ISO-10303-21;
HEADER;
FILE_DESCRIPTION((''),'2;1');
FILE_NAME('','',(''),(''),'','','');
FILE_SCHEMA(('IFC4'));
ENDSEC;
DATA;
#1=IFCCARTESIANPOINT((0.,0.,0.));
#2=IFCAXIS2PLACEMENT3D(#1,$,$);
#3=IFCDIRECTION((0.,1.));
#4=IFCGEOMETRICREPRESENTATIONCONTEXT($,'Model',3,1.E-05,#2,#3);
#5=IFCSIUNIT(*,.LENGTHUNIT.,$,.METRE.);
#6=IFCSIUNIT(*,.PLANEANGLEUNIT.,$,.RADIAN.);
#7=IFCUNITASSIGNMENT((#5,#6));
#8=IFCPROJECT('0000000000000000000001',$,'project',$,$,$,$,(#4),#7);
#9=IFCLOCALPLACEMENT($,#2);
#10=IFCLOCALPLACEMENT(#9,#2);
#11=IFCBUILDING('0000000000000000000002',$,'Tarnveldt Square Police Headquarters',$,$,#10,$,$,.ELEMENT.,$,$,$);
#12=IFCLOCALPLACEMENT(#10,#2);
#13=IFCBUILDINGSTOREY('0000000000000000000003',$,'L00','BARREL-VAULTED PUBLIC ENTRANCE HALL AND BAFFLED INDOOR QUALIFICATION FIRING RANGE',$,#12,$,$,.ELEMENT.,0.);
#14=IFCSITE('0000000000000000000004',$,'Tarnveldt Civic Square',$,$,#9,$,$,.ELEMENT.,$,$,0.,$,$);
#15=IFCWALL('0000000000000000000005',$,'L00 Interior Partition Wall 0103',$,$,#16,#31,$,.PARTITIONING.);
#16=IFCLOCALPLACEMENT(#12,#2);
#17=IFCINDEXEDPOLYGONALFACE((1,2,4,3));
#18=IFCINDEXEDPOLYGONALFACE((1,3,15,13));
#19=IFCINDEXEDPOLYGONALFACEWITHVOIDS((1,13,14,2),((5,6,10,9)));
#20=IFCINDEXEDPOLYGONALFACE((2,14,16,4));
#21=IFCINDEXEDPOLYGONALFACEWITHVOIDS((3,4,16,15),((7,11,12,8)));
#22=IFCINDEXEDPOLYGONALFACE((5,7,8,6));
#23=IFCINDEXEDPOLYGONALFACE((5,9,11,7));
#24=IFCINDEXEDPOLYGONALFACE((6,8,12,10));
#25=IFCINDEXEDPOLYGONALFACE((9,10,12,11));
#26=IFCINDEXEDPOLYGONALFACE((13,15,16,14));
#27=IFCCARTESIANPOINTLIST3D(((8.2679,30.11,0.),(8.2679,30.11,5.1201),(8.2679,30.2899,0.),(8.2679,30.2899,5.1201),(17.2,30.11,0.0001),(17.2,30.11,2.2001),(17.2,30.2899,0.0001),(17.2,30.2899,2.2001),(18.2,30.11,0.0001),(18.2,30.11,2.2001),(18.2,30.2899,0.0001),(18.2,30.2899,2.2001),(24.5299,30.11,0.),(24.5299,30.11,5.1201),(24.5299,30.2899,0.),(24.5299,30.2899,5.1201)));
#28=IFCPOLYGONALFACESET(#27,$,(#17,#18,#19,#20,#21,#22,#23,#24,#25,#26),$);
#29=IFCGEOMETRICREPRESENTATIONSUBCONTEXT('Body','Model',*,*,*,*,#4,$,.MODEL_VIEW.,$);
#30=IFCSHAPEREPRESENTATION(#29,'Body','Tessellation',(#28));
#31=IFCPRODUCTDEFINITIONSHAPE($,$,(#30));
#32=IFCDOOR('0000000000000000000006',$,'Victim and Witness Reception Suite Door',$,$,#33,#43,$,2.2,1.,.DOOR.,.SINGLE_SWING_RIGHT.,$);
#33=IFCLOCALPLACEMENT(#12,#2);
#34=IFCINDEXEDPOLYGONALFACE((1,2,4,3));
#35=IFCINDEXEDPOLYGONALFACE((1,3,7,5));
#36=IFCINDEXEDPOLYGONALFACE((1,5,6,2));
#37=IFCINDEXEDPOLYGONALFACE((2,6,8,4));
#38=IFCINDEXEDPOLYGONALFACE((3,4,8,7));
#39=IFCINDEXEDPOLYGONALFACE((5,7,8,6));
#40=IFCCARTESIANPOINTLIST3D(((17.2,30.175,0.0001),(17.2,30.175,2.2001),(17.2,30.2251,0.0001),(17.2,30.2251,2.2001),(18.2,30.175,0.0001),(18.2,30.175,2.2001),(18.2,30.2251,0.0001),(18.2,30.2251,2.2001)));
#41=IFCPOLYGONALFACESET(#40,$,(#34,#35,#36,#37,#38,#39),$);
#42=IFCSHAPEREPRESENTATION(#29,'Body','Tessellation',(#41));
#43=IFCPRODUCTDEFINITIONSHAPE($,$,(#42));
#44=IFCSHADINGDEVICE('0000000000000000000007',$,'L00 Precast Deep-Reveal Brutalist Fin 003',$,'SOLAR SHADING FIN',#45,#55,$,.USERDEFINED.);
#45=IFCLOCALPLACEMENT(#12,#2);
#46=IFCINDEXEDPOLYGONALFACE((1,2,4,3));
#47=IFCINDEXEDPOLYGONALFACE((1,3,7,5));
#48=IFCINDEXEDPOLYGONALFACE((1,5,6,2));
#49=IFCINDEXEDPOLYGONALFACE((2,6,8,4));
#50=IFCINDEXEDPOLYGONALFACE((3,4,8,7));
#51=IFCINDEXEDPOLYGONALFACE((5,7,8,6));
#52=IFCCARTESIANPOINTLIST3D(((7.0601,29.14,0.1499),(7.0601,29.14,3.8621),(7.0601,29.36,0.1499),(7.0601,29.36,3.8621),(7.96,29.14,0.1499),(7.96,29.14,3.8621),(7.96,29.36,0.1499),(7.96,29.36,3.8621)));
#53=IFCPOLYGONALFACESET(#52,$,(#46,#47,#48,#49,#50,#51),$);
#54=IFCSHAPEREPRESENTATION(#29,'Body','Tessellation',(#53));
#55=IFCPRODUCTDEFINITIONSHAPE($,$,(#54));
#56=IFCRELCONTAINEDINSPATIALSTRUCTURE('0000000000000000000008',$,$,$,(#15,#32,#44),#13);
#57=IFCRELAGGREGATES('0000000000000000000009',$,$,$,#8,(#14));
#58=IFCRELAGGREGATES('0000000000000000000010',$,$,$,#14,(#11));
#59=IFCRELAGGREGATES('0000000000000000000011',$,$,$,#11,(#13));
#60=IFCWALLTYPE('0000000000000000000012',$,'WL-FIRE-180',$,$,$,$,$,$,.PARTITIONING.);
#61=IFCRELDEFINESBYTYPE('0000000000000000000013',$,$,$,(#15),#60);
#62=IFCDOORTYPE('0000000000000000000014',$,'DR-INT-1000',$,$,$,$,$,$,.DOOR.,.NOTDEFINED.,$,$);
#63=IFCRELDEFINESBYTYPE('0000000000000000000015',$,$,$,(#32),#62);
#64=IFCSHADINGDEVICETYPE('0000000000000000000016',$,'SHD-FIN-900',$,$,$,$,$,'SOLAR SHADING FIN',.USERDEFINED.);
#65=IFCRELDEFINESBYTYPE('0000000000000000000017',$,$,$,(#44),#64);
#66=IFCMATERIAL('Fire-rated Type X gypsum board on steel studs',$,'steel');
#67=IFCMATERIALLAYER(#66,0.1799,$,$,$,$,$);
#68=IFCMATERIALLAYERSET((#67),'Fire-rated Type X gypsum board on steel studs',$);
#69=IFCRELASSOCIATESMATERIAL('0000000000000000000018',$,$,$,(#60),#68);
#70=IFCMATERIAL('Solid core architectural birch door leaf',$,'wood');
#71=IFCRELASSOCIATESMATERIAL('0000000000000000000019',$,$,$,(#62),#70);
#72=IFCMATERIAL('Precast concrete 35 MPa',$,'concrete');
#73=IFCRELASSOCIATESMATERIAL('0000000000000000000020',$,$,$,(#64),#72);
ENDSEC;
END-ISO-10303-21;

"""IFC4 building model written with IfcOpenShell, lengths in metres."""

from ifc_helpers import new_model, si_unit, direction, frame, frame_2d, origin, origin_2d, place, context, subcontext, project, spatial, rectangle, extrude, material, layer, layer_set, material_profile, profile_set, type_object, element, fill, save


model = new_model("IFC4")

# Units and contexts
model_context = context("Model", 3, precision=1e-05, world=origin(), true_north=direction((0.0, 1.0)))
body_context = subcontext(model_context, "Body", "Model", "MODEL_VIEW")
ifc_project = project(units=[si_unit("LENGTHUNIT", "METRE"), si_unit("PLANEANGLEUNIT", "RADIAN")], contexts=[model_context])

# Site, building, storey
site_placement = place(None, origin())
site = spatial("IfcSite", under=ifc_project, at=site_placement, Name="Tarnveldt Civic Square", CompositionType="ELEMENT", RefElevation=0.0)
building_placement = place(site_placement, origin())
building = spatial("IfcBuilding", under=site, at=building_placement, Name="Tarnveldt Square Police Headquarters", CompositionType="ELEMENT")
storey_placement = place(building_placement, origin())
storey = spatial("IfcBuildingStorey", under=building, at=storey_placement, Name="L00", Description="BARREL-VAULTED PUBLIC ENTRANCE HALL AND BAFFLED INDOOR QUALIFICATION FIRING RANGE", CompositionType="ELEMENT", Elevation=0.0)

# Wall, opening, door
ifc_material_1 = material(Name="Fire-rated Type X gypsum board on steel studs", Category="steel")
ifc_layer_1 = layer(ifc_material_1, 0.1799)
ifc_layer_set_1 = layer_set([ifc_layer_1], Name="Fire-rated Type X gypsum board on steel studs")
wall_type_1 = type_object("IfcWallType", Name="WL-FIRE-180", PredefinedType="PARTITIONING", material=ifc_layer_set_1)
wall_1_placement = place(storey_placement, frame((8.2681, 30.2, 0.0), z_axis=(0.0, 0.0, 1.0), x_axis=(1.0, 0.0, 0.0)))
wall_1 = element("IfcWall", 1, at=wall_1_placement, inside=storey, type_object=wall_type_1, Name="L00 Interior Partition Wall 0103", PredefinedType="PARTITIONING", context=body_context, shape_type="SweptSolid", body=[
    extrude(rectangle(XDim=16.262, YDim=0.1799, at=frame_2d((8.1309, 0.0))), origin(), (0.0, 0.0, 1.0), 5.1201),
])
opening_1_placement = place(wall_1_placement, frame((8.9319, 0.0, 0.0)))
opening_1 = element("IfcOpeningElement", 2, at=opening_1_placement, cuts=wall_1, PredefinedType="OPENING", context=body_context, shape_type="SweptSolid", body=[
    extrude(rectangle(XDim=1.0, YDim=2.2, at=frame_2d((0.5, 1.1001))), frame((0.0, 0.0999, 0.0), z_axis=(0.0, -1.0, 0.0), x_axis=(1.0, 0.0, 0.0)), (0.0, 0.0, 1.0), 0.2),
])
ifc_material_2 = material(Name="Solid core architectural birch door leaf", Category="wood")
door_type_1 = type_object("IfcDoorType", Name="DR-INT-1000", OperationType="NOTDEFINED", PredefinedType="DOOR", material=ifc_material_2)
door_1_placement = place(opening_1_placement, frame((1.0, 0.0, 0.0), z_axis=(0.0, 0.0, 1.0), x_axis=(-1.0, 0.0, 0.0)))
door_1 = element("IfcDoor", 3, at=door_1_placement, inside=storey, type_object=door_type_1, Name="Victim and Witness Reception Suite Door", OperationType="SINGLE_SWING_RIGHT", OverallHeight=2.2, OverallWidth=1.0, PredefinedType="DOOR", context=body_context, shape_type="SweptSolid", body=[
    extrude(rectangle(XDim=1.0, YDim=2.2, at=frame_2d((0.5, 1.1001))), frame((0.0, 0.0249, 0.0), z_axis=(0.0, -1.0, 0.0), x_axis=(1.0, 0.0, 0.0)), (0.0, 0.0, 1.0), 0.05),
])
fill(opening_1, door_1)

# Shading device
ifc_material_3 = material(Name="Precast concrete 35 MPa", Category="concrete")
ifc_material_profile_1 = material_profile(ifc_material_3, rectangle(XDim=0.22, YDim=0.8999, at=origin_2d()), Name="PC-FIN220x900")
ifc_profile_set_1 = profile_set([ifc_material_profile_1], Name="Precast concrete 35 MPa")
shading_device_type = type_object("IfcShadingDeviceType", Name="SHD-FIN-900", ElementType="SOLAR SHADING FIN", PredefinedType="USERDEFINED", material=ifc_profile_set_1)
shading_device_placement = place(storey_placement, frame((7.51, 29.25, 0.1499), z_axis=(0.0, 0.0, 1.0), x_axis=(0.0, -1.0, 0.0)))
element("IfcShadingDevice", 4, at=shading_device_placement, inside=storey, type_object=shading_device_type, Name="L00 Precast Deep-Reveal Brutalist Fin 003", ObjectType="SOLAR SHADING FIN", PredefinedType="USERDEFINED", context=body_context, shape_type="SweptSolid", body=[
    extrude(rectangle(XDim=0.22, YDim=0.8999, at=origin_2d()), origin(), (0.0, 0.0, 1.0), 3.7122),
])

save(model, "model.ifc")
